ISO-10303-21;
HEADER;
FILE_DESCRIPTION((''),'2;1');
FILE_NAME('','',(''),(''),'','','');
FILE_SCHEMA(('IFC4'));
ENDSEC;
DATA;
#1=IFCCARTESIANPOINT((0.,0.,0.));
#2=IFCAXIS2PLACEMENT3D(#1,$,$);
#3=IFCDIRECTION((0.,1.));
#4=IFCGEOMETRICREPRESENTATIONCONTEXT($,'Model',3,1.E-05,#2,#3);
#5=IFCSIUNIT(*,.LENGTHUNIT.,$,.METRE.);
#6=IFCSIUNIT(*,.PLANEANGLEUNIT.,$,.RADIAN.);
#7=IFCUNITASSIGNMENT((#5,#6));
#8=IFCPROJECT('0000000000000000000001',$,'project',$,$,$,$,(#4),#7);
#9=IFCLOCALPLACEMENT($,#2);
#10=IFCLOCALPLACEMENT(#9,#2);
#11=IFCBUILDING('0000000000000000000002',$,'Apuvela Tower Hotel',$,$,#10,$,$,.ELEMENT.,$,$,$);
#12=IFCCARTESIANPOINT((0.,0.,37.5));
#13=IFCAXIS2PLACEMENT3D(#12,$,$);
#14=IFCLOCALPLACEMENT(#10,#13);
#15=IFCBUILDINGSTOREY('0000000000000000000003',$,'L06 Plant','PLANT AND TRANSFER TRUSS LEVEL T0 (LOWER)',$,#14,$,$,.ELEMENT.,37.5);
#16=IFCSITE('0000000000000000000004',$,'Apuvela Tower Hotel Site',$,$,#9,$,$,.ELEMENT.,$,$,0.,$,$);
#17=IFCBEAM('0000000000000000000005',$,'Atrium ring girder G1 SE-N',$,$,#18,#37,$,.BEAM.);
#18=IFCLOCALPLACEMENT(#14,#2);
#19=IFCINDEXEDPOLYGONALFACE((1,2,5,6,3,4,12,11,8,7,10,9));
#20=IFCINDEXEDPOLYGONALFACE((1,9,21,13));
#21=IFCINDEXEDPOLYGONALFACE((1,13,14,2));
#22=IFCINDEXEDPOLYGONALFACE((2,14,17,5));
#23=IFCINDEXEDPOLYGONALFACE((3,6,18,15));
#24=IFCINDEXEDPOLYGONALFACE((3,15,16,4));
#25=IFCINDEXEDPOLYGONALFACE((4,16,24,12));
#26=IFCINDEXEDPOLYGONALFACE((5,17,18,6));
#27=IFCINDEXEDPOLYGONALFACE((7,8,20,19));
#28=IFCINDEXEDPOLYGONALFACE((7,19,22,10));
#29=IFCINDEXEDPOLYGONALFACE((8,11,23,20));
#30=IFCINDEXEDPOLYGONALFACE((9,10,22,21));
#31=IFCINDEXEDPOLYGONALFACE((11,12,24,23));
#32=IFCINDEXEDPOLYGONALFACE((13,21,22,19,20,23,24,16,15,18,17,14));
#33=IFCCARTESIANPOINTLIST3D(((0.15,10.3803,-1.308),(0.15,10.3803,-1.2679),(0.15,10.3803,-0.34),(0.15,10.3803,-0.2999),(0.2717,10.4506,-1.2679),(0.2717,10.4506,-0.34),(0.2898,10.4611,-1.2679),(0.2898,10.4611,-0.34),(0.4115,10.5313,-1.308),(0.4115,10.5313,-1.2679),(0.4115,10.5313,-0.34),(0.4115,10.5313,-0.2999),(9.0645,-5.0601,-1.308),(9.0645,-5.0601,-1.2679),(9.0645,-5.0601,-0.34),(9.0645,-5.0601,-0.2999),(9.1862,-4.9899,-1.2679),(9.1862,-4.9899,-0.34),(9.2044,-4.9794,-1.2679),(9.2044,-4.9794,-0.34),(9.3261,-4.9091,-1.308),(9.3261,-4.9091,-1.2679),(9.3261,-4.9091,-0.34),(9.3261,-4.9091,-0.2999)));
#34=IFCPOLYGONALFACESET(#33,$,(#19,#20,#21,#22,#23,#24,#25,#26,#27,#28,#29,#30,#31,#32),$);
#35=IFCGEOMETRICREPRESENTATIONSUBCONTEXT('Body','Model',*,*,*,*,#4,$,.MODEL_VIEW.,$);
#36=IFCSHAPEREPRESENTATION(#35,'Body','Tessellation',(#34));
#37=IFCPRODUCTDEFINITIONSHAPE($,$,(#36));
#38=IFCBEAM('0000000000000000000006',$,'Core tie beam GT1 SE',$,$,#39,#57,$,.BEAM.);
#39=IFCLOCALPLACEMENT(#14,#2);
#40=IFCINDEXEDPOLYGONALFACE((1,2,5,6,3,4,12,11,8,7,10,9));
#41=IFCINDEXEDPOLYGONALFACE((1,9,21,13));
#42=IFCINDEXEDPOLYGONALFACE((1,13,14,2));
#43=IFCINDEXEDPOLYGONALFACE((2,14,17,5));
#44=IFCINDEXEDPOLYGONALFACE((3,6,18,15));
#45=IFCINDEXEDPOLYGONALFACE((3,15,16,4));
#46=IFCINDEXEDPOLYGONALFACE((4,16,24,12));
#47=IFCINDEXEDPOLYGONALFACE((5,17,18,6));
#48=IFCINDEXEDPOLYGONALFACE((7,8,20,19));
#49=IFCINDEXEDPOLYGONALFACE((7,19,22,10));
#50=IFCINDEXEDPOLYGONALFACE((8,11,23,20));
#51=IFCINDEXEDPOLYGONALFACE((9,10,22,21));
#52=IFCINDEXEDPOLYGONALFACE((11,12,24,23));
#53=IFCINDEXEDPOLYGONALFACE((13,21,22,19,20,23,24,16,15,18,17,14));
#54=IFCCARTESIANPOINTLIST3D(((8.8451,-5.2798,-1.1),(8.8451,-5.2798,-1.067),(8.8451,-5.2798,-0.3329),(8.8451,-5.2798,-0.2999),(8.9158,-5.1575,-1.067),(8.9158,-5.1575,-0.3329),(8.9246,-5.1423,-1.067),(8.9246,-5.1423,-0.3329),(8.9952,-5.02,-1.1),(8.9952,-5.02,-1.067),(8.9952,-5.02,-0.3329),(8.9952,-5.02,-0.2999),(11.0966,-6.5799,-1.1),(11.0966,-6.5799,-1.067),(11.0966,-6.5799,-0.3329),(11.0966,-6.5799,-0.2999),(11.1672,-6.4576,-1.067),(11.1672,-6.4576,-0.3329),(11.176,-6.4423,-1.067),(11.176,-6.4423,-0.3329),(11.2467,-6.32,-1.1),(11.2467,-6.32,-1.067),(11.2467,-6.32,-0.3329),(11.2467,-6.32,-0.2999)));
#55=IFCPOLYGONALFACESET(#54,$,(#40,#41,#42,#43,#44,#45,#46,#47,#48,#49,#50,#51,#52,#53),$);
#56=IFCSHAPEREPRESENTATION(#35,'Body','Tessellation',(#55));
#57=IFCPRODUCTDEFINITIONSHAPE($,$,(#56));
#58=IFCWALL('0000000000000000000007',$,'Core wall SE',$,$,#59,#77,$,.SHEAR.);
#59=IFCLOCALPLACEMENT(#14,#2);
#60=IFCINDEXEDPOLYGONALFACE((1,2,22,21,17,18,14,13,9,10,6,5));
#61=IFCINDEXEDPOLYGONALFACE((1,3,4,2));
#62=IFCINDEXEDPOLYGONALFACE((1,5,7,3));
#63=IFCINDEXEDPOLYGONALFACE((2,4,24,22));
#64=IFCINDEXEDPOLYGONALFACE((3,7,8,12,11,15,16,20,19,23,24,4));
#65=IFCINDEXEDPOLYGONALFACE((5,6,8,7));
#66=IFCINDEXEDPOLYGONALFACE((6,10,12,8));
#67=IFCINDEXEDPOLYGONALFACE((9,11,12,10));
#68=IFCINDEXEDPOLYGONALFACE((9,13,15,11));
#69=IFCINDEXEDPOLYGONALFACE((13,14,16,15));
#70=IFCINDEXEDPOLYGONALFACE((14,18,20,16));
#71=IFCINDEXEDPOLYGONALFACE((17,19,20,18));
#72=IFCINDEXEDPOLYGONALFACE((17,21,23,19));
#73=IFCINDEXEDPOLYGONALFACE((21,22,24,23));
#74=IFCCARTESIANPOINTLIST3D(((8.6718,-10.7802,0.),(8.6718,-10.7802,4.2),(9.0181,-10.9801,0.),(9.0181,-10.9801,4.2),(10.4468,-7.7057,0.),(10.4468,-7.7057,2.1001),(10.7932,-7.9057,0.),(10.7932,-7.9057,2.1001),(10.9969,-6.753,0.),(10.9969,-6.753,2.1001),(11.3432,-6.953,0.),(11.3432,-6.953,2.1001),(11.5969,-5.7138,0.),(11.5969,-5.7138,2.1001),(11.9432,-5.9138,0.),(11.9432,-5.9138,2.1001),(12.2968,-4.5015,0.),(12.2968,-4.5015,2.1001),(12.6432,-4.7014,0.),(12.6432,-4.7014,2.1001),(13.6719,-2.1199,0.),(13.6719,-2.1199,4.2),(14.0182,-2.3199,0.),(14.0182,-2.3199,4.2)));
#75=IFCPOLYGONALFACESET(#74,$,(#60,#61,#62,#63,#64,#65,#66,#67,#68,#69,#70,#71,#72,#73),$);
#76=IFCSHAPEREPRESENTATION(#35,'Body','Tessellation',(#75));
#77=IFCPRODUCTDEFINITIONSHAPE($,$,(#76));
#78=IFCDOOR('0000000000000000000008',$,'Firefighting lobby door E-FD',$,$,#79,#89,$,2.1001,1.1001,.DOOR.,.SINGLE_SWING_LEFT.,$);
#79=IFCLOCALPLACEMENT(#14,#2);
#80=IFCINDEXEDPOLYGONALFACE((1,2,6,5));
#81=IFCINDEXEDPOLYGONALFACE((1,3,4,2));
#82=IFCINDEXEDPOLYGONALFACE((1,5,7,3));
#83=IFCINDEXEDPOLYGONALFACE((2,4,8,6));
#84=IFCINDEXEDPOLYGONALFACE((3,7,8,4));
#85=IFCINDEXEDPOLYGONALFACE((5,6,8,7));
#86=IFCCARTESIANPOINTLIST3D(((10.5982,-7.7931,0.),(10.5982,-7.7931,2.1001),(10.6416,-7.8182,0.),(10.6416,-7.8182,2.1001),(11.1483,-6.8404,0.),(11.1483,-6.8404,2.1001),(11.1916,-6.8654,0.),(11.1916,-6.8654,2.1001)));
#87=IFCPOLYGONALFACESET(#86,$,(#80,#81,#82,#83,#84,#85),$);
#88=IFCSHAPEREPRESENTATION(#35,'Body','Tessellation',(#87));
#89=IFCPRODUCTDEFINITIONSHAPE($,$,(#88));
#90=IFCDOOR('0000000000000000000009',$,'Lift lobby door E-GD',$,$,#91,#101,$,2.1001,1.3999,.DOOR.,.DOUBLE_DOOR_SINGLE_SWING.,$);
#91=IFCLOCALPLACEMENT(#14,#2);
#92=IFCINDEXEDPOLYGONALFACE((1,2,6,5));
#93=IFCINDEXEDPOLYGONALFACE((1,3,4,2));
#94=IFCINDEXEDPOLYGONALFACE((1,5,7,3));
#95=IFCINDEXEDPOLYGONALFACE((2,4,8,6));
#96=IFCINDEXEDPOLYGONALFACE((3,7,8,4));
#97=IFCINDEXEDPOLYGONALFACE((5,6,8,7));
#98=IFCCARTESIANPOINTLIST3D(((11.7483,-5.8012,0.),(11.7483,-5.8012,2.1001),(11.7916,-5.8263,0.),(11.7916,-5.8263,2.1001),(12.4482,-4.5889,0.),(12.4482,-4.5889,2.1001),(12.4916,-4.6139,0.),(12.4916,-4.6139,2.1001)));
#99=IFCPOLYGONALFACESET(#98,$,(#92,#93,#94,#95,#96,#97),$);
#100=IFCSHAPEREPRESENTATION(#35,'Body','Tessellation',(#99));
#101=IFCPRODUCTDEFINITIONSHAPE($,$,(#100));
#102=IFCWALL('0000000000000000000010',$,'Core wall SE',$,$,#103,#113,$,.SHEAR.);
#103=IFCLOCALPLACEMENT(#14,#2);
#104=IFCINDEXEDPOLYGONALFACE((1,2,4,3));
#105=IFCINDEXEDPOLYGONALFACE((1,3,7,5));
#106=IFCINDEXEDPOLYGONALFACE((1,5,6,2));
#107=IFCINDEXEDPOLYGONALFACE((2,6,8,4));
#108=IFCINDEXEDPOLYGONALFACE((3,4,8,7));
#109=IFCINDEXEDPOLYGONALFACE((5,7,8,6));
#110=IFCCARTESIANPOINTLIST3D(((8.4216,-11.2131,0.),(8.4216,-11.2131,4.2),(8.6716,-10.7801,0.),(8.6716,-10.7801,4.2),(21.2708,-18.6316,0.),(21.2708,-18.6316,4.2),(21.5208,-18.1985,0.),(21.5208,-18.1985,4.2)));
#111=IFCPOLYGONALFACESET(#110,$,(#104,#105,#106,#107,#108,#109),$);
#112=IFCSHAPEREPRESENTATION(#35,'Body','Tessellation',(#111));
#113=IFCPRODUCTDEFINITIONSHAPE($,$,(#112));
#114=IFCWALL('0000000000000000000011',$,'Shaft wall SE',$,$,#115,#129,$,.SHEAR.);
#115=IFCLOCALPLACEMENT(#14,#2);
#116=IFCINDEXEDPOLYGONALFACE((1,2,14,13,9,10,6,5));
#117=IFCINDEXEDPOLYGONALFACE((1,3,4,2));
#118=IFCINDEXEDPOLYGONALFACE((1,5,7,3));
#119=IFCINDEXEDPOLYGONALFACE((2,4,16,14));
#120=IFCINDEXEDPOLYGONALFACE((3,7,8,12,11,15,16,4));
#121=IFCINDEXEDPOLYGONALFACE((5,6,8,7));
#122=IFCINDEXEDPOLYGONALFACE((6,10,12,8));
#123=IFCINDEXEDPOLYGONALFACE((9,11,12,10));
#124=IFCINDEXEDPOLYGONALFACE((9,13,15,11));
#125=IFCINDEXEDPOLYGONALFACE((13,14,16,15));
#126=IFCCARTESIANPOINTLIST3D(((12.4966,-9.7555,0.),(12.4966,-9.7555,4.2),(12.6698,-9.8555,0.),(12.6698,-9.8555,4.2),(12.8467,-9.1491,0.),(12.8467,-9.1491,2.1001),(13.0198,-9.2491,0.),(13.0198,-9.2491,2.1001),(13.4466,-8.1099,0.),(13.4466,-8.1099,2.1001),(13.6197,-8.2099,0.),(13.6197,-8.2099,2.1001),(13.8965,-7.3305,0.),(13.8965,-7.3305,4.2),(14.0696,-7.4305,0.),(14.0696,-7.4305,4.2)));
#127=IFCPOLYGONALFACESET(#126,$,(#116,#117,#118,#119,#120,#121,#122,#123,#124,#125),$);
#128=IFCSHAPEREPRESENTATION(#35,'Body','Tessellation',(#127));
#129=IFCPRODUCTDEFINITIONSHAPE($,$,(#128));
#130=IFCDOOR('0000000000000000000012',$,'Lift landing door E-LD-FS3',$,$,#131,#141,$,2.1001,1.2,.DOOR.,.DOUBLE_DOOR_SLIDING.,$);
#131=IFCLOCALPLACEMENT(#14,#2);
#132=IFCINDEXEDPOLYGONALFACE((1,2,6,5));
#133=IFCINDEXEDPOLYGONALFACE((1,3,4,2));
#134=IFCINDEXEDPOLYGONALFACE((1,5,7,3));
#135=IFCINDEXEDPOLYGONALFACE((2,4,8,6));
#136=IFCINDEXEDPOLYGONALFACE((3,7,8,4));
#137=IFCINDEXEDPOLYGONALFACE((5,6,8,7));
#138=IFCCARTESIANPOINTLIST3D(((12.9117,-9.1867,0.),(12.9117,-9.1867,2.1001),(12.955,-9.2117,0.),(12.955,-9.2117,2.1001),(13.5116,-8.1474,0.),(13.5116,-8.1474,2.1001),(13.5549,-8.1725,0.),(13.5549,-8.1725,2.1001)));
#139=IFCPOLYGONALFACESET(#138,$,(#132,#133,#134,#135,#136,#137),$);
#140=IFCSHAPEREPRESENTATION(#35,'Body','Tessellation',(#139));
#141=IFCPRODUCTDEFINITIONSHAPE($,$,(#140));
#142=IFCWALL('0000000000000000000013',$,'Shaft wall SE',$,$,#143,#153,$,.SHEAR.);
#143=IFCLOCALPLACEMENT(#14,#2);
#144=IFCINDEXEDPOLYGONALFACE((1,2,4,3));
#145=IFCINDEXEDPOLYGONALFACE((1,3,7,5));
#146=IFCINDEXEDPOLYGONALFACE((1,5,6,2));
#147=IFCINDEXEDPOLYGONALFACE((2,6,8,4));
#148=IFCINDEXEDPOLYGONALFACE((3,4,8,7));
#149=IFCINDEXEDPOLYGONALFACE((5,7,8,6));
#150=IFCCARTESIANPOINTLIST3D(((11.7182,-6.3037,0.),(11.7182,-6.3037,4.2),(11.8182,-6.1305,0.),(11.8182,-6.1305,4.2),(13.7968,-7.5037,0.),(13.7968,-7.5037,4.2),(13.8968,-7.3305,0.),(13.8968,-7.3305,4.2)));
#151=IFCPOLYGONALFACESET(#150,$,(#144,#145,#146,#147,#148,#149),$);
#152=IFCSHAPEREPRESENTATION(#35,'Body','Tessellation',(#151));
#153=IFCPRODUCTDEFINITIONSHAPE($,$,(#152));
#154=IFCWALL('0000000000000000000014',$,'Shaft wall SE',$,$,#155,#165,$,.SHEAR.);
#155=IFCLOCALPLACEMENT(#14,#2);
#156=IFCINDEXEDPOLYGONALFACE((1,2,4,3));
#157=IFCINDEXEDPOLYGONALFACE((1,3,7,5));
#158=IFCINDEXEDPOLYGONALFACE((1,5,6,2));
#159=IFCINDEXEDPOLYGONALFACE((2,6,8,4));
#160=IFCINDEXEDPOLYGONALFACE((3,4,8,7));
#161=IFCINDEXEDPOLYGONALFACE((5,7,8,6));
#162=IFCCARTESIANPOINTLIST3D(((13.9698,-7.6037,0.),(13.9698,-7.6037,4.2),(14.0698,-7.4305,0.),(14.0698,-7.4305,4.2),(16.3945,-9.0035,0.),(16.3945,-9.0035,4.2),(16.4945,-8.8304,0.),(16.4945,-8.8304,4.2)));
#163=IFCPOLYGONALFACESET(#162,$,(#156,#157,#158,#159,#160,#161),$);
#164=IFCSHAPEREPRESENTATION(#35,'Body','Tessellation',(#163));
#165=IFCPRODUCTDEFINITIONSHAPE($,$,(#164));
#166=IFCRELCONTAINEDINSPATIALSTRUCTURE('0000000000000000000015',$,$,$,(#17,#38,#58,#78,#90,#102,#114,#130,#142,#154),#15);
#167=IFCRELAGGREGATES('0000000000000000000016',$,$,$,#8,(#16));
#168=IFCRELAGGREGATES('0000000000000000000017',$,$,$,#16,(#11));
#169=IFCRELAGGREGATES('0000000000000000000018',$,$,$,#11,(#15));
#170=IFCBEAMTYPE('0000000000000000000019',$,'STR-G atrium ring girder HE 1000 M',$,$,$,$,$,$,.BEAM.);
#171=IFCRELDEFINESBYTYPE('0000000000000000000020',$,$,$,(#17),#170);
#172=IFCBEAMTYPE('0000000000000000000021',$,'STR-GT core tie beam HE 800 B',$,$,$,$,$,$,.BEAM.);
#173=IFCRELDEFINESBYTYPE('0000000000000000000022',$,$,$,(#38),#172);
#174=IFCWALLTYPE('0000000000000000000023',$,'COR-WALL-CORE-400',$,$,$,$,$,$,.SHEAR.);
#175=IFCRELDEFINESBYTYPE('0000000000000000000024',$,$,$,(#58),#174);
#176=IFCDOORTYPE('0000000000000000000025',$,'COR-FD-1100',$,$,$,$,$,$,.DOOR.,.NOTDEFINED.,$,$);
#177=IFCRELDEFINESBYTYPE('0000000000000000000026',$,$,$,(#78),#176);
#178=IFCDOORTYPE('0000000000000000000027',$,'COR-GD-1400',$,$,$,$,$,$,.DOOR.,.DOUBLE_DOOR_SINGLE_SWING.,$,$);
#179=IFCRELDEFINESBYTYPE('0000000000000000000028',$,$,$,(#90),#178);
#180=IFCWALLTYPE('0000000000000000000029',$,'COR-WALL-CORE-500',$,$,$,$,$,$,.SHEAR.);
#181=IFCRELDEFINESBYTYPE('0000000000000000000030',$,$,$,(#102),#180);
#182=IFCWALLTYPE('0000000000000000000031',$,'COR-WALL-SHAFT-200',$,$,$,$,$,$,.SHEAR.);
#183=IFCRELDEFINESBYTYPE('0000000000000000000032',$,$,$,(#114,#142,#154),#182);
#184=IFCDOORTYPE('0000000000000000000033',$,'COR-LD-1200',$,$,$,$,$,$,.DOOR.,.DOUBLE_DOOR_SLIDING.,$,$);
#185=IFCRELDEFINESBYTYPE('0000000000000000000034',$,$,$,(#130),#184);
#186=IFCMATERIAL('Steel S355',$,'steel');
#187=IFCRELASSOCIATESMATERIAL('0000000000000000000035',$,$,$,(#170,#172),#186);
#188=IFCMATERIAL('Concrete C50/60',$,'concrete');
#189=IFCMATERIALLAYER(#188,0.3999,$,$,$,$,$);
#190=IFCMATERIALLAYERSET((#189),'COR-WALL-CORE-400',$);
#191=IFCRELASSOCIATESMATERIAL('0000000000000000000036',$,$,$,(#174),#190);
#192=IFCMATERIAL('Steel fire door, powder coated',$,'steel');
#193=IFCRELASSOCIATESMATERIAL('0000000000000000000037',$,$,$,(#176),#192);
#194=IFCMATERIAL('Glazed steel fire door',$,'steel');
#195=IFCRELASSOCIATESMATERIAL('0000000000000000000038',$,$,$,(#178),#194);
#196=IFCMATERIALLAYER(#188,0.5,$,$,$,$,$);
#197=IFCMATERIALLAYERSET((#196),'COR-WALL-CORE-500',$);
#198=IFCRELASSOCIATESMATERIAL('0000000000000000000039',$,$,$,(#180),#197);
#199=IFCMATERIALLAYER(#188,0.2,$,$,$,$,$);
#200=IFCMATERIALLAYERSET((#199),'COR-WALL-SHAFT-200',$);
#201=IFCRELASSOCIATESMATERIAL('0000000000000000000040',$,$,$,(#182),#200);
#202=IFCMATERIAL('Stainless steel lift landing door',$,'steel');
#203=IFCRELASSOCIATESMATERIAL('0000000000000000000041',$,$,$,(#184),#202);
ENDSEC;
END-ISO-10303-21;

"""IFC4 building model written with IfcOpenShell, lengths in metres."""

from ifc_helpers import new_model, si_unit, direction, frame, frame_2d, origin, origin_2d, place, context, subcontext, project, spatial, rectangle, i_section, extrude, material, layer, layer_set, material_profile, profile_set, type_object, element, fill, save


model = new_model("IFC4")

# Units and contexts
model_context = context("Model", 3, precision=1e-05, world=origin(), true_north=direction((0.0, 1.0)))
body_context = subcontext(model_context, "Body", "Model", "MODEL_VIEW")
ifc_project = project(units=[si_unit("LENGTHUNIT", "METRE"), si_unit("PLANEANGLEUNIT", "RADIAN")], contexts=[model_context])

# Site, building, storey
site_placement = place(None, origin())
site = spatial("IfcSite", under=ifc_project, at=site_placement, Name="Apuvela Tower Hotel Site", CompositionType="ELEMENT", RefElevation=0.0)
building_placement = place(site_placement, origin())
building = spatial("IfcBuilding", under=site, at=building_placement, Name="Apuvela Tower Hotel", CompositionType="ELEMENT")
storey_placement = place(building_placement, frame((0.0, 0.0, 37.5)))
storey = spatial("IfcBuildingStorey", under=building, at=storey_placement, Name="L06 Plant", Description="PLANT AND TRANSFER TRUSS LEVEL T0 (LOWER)", CompositionType="ELEMENT", Elevation=37.5)

# Beams
ifc_material_1 = material(Name="Steel S355", Category="steel")
ifc_material_profile_1 = material_profile(ifc_material_1, i_section(OverallWidth=0.302, OverallDepth=1.0081, WebThickness=0.021, FlangeThickness=0.04, at=origin_2d()), Name="HE 1000 M")
ifc_profile_set_1 = profile_set([ifc_material_profile_1], Name="Steel S355")
beam_type_1 = type_object("IfcBeamType", Name="STR-G atrium ring girder HE 1000 M", PredefinedType="BEAM", material=ifc_profile_set_1)
beam_1_placement = place(storey_placement, frame((9.1953, -4.9846, -0.804), z_axis=(-0.500001, 0.866025, 0.0), x_axis=(-0.866025, -0.500001, 0.0)))
element("IfcBeam", 1, at=beam_1_placement, inside=storey, type_object=beam_type_1, Name="Atrium ring girder G1 SE-N", PredefinedType="BEAM", context=body_context, shape_type="SweptSolid", body=[
    extrude(i_section(OverallWidth=0.302, OverallDepth=1.0081, WebThickness=0.021, FlangeThickness=0.04, at=origin_2d()), origin(), (0.0, 0.0, 1.0), 17.8291),
])
ifc_material_profile_2 = material_profile(ifc_material_1, i_section(OverallWidth=0.3, OverallDepth=0.8, WebThickness=0.0176, FlangeThickness=0.033, at=origin_2d()), Name="HE 800 B")
ifc_profile_set_2 = profile_set([ifc_material_profile_2], Name="Steel S355")
beam_type_2 = type_object("IfcBeamType", Name="STR-GT core tie beam HE 800 B", PredefinedType="BEAM", material=ifc_profile_set_2)
beam_2_placement = place(storey_placement, frame((11.1716, -6.45, -0.7), z_axis=(-0.865998, 0.500048, 0.0), x_axis=(-0.500048, -0.865998, 0.0)))
element("IfcBeam", 2, at=beam_2_placement, inside=storey, type_object=beam_type_2, Name="Core tie beam GT1 SE", PredefinedType="BEAM", context=body_context, shape_type="SweptSolid", body=[
    extrude(i_section(OverallWidth=0.3, OverallDepth=0.8, WebThickness=0.0176, FlangeThickness=0.033, at=origin_2d()), origin(), (0.0, 0.0, 1.0), 2.5999),
])

# Wall, openings, doors
ifc_material_2 = material(Name="Concrete C50/60", Category="concrete")
ifc_layer_1 = layer(ifc_material_2, 0.3999)
ifc_layer_set_1 = layer_set([ifc_layer_1], Name="COR-WALL-CORE-400")
wall_type_1 = type_object("IfcWallType", Name="COR-WALL-CORE-400", PredefinedType="SHEAR", material=ifc_layer_set_1)
wall_1_placement = place(storey_placement, frame((8.845, -10.8801, 0.0), z_axis=(0.0, 0.0, 1.0), x_axis=(0.500004, 0.866023, 0.0)))
wall_1 = element("IfcWall", 3, at=wall_1_placement, inside=storey, type_object=wall_type_1, Name="Core wall SE", PredefinedType="SHEAR", context=body_context, shape_type="SweptSolid", body=[
    extrude(rectangle(XDim=10.0, YDim=0.3999, at=frame_2d((5.0, 0.0))), origin(), (0.0, 0.0, 1.0), 4.2),
])
opening_1_placement = place(wall_1_placement, frame((3.55, 0.0, 0.0)))
opening_1 = element("IfcOpeningElement", 4, at=opening_1_placement, cuts=wall_1, PredefinedType="OPENING", context=body_context, shape_type="SweptSolid", body=[
    extrude(rectangle(XDim=1.1001, YDim=2.1001, at=frame_2d((0.55, 1.05))), frame((0.0, 0.21, 0.0), z_axis=(0.0, -1.0, 0.0), x_axis=(1.0, 0.0, 0.0)), (0.0, 0.0, 1.0), 0.4199),
])
opening_2_placement = place(wall_1_placement, frame((5.8501, 0.0, 0.0)))
opening_2 = element("IfcOpeningElement", 5, at=opening_2_placement, cuts=wall_1, PredefinedType="OPENING", context=body_context, shape_type="SweptSolid", body=[
    extrude(rectangle(XDim=1.3999, YDim=2.1001, at=frame_2d((0.7, 1.05))), frame((0.0, 0.21, 0.0), z_axis=(0.0, -1.0, 0.0), x_axis=(1.0, 0.0, 0.0)), (0.0, 0.0, 1.0), 0.4199),
])
ifc_material_3 = material(Name="Steel fire door, powder coated", Category="steel")
door_type_1 = type_object("IfcDoorType", Name="COR-FD-1100", OperationType="NOTDEFINED", PredefinedType="DOOR", material=ifc_material_3)
door_1_placement = place(opening_1_placement, frame((1.1001, 0.0, 0.0), z_axis=(0.0, 0.0, 1.0), x_axis=(-1.0, 0.0, 0.0)))
door_1 = element("IfcDoor", 6, at=door_1_placement, inside=storey, type_object=door_type_1, Name="Firefighting lobby door E-FD", OperationType="SINGLE_SWING_LEFT", OverallHeight=2.1001, OverallWidth=1.1001, PredefinedType="DOOR", context=body_context, shape_type="SweptSolid", body=[
    extrude(rectangle(XDim=1.1001, YDim=2.1001, at=frame_2d((0.55, 1.05))), frame((0.0, 0.0249, 0.0), z_axis=(0.0, -1.0, 0.0), x_axis=(1.0, 0.0, 0.0)), (0.0, 0.0, 1.0), 0.05),
])
fill(opening_1, door_1)
ifc_material_4 = material(Name="Glazed steel fire door", Category="steel")
door_type_2 = type_object("IfcDoorType", Name="COR-GD-1400", OperationType="DOUBLE_DOOR_SINGLE_SWING", PredefinedType="DOOR", material=ifc_material_4)
door_2_placement = place(opening_2_placement, frame((1.3999, 0.0, 0.0), z_axis=(0.0, 0.0, 1.0), x_axis=(-1.0, 0.0, 0.0)))
door_2 = element("IfcDoor", 7, at=door_2_placement, inside=storey, type_object=door_type_2, Name="Lift lobby door E-GD", OperationType="DOUBLE_DOOR_SINGLE_SWING", OverallHeight=2.1001, OverallWidth=1.3999, PredefinedType="DOOR", context=body_context, shape_type="SweptSolid", body=[
    extrude(rectangle(XDim=1.3999, YDim=2.1001, at=frame_2d((0.7, 1.05))), frame((0.0, 0.0249, 0.0), z_axis=(0.0, -1.0, 0.0), x_axis=(1.0, 0.0, 0.0)), (0.0, 0.0, 1.0), 0.05),
])
fill(opening_2, door_2)

# Wall
ifc_layer_2 = layer(ifc_material_2, 0.5)
ifc_layer_set_2 = layer_set([ifc_layer_2], Name="COR-WALL-CORE-500")
wall_type_2 = type_object("IfcWallType", Name="COR-WALL-CORE-500", PredefinedType="SHEAR", material=ifc_layer_set_2)
wall_2_placement = place(storey_placement, frame((8.5466, -10.9966, 0.0), z_axis=(0.0, 0.0, 1.0), x_axis=(0.866025, -0.500001, 0.0)))
element("IfcWall", 8, at=wall_2_placement, inside=storey, type_object=wall_type_2, Name="Core wall SE", PredefinedType="SHEAR", context=body_context, shape_type="SweptSolid", body=[
    extrude(rectangle(XDim=14.8369, YDim=0.5, at=frame_2d((7.4185, 0.0))), origin(), (0.0, 0.0, 1.0), 4.2),
])

# Wall, opening, door
ifc_layer_3 = layer(ifc_material_2, 0.2)
ifc_layer_set_3 = layer_set([ifc_layer_3], Name="COR-WALL-SHAFT-200")
wall_type_3 = type_object("IfcWallType", Name="COR-WALL-SHAFT-200", PredefinedType="SHEAR", material=ifc_layer_set_3)
wall_3_placement = place(storey_placement, frame((12.5833, -9.8054, 0.0), z_axis=(0.0, 0.0, 1.0), x_axis=(0.499946, 0.866056, 0.0)))
wall_3 = element("IfcWall", 9, at=wall_3_placement, inside=storey, type_object=wall_type_3, Name="Shaft wall SE", PredefinedType="SHEAR", context=body_context, shape_type="SweptSolid", body=[
    extrude(rectangle(XDim=2.8, YDim=0.2, at=frame_2d((1.3999, 0.0))), origin(), (0.0, 0.0, 1.0), 4.2),
])
opening_3_placement = place(wall_3_placement, frame((0.7, 0.0, 0.0)))
opening_3 = element("IfcOpeningElement", 10, at=opening_3_placement, cuts=wall_3, PredefinedType="OPENING", context=body_context, shape_type="SweptSolid", body=[
    extrude(rectangle(XDim=1.2, YDim=2.1001, at=frame_2d((0.6001, 1.05))), frame((0.0, 0.1099, 0.0), z_axis=(0.0, -1.0, 0.0), x_axis=(1.0, 0.0, 0.0)), (0.0, 0.0, 1.0), 0.22),
])
ifc_material_5 = material(Name="Stainless steel lift landing door", Category="steel")
door_type_3 = type_object("IfcDoorType", Name="COR-LD-1200", OperationType="DOUBLE_DOOR_SLIDING", PredefinedType="DOOR", material=ifc_material_5)
door_3_placement = place(opening_3_placement, origin())
door_3 = element("IfcDoor", 11, at=door_3_placement, inside=storey, type_object=door_type_3, Name="Lift landing door E-LD-FS3", OperationType="DOUBLE_DOOR_SLIDING", OverallHeight=2.1001, OverallWidth=1.2, PredefinedType="DOOR", context=body_context, shape_type="SweptSolid", body=[
    extrude(rectangle(XDim=1.2, YDim=2.1001, at=frame_2d((0.6001, 1.05))), frame((0.0, 0.0249, 0.0), z_axis=(0.0, -1.0, 0.0), x_axis=(1.0, 0.0, 0.0)), (0.0, 0.0, 1.0), 0.05),
])
fill(opening_3, door_3)

# Walls
wall_4_placement = place(storey_placement, frame((11.7681, -6.217, 0.0), z_axis=(0.0, 0.0, 1.0), x_axis=(0.86605, -0.499957, 0.0)))
element("IfcWall", 12, at=wall_4_placement, inside=storey, type_object=wall_type_3, Name="Shaft wall SE", PredefinedType="SHEAR", context=body_context, shape_type="SweptSolid", body=[
    extrude(rectangle(XDim=2.4001, YDim=0.2, at=frame_2d((1.2002, 0.0))), origin(), (0.0, 0.0, 1.0), 4.2),
])
wall_5_placement = place(storey_placement, frame((14.0198, -7.5171, 0.0), z_axis=(0.0, 0.0, 1.0), x_axis=(0.866035, -0.499984, 0.0)))
element("IfcWall", 13, at=wall_5_placement, inside=storey, type_object=wall_type_3, Name="Shaft wall SE", PredefinedType="SHEAR", context=body_context, shape_type="SweptSolid", body=[
    extrude(rectangle(XDim=2.7998, YDim=0.2, at=frame_2d((1.3999, 0.0))), origin(), (0.0, 0.0, 1.0), 4.2),
])

save(model, "model.ifc")
